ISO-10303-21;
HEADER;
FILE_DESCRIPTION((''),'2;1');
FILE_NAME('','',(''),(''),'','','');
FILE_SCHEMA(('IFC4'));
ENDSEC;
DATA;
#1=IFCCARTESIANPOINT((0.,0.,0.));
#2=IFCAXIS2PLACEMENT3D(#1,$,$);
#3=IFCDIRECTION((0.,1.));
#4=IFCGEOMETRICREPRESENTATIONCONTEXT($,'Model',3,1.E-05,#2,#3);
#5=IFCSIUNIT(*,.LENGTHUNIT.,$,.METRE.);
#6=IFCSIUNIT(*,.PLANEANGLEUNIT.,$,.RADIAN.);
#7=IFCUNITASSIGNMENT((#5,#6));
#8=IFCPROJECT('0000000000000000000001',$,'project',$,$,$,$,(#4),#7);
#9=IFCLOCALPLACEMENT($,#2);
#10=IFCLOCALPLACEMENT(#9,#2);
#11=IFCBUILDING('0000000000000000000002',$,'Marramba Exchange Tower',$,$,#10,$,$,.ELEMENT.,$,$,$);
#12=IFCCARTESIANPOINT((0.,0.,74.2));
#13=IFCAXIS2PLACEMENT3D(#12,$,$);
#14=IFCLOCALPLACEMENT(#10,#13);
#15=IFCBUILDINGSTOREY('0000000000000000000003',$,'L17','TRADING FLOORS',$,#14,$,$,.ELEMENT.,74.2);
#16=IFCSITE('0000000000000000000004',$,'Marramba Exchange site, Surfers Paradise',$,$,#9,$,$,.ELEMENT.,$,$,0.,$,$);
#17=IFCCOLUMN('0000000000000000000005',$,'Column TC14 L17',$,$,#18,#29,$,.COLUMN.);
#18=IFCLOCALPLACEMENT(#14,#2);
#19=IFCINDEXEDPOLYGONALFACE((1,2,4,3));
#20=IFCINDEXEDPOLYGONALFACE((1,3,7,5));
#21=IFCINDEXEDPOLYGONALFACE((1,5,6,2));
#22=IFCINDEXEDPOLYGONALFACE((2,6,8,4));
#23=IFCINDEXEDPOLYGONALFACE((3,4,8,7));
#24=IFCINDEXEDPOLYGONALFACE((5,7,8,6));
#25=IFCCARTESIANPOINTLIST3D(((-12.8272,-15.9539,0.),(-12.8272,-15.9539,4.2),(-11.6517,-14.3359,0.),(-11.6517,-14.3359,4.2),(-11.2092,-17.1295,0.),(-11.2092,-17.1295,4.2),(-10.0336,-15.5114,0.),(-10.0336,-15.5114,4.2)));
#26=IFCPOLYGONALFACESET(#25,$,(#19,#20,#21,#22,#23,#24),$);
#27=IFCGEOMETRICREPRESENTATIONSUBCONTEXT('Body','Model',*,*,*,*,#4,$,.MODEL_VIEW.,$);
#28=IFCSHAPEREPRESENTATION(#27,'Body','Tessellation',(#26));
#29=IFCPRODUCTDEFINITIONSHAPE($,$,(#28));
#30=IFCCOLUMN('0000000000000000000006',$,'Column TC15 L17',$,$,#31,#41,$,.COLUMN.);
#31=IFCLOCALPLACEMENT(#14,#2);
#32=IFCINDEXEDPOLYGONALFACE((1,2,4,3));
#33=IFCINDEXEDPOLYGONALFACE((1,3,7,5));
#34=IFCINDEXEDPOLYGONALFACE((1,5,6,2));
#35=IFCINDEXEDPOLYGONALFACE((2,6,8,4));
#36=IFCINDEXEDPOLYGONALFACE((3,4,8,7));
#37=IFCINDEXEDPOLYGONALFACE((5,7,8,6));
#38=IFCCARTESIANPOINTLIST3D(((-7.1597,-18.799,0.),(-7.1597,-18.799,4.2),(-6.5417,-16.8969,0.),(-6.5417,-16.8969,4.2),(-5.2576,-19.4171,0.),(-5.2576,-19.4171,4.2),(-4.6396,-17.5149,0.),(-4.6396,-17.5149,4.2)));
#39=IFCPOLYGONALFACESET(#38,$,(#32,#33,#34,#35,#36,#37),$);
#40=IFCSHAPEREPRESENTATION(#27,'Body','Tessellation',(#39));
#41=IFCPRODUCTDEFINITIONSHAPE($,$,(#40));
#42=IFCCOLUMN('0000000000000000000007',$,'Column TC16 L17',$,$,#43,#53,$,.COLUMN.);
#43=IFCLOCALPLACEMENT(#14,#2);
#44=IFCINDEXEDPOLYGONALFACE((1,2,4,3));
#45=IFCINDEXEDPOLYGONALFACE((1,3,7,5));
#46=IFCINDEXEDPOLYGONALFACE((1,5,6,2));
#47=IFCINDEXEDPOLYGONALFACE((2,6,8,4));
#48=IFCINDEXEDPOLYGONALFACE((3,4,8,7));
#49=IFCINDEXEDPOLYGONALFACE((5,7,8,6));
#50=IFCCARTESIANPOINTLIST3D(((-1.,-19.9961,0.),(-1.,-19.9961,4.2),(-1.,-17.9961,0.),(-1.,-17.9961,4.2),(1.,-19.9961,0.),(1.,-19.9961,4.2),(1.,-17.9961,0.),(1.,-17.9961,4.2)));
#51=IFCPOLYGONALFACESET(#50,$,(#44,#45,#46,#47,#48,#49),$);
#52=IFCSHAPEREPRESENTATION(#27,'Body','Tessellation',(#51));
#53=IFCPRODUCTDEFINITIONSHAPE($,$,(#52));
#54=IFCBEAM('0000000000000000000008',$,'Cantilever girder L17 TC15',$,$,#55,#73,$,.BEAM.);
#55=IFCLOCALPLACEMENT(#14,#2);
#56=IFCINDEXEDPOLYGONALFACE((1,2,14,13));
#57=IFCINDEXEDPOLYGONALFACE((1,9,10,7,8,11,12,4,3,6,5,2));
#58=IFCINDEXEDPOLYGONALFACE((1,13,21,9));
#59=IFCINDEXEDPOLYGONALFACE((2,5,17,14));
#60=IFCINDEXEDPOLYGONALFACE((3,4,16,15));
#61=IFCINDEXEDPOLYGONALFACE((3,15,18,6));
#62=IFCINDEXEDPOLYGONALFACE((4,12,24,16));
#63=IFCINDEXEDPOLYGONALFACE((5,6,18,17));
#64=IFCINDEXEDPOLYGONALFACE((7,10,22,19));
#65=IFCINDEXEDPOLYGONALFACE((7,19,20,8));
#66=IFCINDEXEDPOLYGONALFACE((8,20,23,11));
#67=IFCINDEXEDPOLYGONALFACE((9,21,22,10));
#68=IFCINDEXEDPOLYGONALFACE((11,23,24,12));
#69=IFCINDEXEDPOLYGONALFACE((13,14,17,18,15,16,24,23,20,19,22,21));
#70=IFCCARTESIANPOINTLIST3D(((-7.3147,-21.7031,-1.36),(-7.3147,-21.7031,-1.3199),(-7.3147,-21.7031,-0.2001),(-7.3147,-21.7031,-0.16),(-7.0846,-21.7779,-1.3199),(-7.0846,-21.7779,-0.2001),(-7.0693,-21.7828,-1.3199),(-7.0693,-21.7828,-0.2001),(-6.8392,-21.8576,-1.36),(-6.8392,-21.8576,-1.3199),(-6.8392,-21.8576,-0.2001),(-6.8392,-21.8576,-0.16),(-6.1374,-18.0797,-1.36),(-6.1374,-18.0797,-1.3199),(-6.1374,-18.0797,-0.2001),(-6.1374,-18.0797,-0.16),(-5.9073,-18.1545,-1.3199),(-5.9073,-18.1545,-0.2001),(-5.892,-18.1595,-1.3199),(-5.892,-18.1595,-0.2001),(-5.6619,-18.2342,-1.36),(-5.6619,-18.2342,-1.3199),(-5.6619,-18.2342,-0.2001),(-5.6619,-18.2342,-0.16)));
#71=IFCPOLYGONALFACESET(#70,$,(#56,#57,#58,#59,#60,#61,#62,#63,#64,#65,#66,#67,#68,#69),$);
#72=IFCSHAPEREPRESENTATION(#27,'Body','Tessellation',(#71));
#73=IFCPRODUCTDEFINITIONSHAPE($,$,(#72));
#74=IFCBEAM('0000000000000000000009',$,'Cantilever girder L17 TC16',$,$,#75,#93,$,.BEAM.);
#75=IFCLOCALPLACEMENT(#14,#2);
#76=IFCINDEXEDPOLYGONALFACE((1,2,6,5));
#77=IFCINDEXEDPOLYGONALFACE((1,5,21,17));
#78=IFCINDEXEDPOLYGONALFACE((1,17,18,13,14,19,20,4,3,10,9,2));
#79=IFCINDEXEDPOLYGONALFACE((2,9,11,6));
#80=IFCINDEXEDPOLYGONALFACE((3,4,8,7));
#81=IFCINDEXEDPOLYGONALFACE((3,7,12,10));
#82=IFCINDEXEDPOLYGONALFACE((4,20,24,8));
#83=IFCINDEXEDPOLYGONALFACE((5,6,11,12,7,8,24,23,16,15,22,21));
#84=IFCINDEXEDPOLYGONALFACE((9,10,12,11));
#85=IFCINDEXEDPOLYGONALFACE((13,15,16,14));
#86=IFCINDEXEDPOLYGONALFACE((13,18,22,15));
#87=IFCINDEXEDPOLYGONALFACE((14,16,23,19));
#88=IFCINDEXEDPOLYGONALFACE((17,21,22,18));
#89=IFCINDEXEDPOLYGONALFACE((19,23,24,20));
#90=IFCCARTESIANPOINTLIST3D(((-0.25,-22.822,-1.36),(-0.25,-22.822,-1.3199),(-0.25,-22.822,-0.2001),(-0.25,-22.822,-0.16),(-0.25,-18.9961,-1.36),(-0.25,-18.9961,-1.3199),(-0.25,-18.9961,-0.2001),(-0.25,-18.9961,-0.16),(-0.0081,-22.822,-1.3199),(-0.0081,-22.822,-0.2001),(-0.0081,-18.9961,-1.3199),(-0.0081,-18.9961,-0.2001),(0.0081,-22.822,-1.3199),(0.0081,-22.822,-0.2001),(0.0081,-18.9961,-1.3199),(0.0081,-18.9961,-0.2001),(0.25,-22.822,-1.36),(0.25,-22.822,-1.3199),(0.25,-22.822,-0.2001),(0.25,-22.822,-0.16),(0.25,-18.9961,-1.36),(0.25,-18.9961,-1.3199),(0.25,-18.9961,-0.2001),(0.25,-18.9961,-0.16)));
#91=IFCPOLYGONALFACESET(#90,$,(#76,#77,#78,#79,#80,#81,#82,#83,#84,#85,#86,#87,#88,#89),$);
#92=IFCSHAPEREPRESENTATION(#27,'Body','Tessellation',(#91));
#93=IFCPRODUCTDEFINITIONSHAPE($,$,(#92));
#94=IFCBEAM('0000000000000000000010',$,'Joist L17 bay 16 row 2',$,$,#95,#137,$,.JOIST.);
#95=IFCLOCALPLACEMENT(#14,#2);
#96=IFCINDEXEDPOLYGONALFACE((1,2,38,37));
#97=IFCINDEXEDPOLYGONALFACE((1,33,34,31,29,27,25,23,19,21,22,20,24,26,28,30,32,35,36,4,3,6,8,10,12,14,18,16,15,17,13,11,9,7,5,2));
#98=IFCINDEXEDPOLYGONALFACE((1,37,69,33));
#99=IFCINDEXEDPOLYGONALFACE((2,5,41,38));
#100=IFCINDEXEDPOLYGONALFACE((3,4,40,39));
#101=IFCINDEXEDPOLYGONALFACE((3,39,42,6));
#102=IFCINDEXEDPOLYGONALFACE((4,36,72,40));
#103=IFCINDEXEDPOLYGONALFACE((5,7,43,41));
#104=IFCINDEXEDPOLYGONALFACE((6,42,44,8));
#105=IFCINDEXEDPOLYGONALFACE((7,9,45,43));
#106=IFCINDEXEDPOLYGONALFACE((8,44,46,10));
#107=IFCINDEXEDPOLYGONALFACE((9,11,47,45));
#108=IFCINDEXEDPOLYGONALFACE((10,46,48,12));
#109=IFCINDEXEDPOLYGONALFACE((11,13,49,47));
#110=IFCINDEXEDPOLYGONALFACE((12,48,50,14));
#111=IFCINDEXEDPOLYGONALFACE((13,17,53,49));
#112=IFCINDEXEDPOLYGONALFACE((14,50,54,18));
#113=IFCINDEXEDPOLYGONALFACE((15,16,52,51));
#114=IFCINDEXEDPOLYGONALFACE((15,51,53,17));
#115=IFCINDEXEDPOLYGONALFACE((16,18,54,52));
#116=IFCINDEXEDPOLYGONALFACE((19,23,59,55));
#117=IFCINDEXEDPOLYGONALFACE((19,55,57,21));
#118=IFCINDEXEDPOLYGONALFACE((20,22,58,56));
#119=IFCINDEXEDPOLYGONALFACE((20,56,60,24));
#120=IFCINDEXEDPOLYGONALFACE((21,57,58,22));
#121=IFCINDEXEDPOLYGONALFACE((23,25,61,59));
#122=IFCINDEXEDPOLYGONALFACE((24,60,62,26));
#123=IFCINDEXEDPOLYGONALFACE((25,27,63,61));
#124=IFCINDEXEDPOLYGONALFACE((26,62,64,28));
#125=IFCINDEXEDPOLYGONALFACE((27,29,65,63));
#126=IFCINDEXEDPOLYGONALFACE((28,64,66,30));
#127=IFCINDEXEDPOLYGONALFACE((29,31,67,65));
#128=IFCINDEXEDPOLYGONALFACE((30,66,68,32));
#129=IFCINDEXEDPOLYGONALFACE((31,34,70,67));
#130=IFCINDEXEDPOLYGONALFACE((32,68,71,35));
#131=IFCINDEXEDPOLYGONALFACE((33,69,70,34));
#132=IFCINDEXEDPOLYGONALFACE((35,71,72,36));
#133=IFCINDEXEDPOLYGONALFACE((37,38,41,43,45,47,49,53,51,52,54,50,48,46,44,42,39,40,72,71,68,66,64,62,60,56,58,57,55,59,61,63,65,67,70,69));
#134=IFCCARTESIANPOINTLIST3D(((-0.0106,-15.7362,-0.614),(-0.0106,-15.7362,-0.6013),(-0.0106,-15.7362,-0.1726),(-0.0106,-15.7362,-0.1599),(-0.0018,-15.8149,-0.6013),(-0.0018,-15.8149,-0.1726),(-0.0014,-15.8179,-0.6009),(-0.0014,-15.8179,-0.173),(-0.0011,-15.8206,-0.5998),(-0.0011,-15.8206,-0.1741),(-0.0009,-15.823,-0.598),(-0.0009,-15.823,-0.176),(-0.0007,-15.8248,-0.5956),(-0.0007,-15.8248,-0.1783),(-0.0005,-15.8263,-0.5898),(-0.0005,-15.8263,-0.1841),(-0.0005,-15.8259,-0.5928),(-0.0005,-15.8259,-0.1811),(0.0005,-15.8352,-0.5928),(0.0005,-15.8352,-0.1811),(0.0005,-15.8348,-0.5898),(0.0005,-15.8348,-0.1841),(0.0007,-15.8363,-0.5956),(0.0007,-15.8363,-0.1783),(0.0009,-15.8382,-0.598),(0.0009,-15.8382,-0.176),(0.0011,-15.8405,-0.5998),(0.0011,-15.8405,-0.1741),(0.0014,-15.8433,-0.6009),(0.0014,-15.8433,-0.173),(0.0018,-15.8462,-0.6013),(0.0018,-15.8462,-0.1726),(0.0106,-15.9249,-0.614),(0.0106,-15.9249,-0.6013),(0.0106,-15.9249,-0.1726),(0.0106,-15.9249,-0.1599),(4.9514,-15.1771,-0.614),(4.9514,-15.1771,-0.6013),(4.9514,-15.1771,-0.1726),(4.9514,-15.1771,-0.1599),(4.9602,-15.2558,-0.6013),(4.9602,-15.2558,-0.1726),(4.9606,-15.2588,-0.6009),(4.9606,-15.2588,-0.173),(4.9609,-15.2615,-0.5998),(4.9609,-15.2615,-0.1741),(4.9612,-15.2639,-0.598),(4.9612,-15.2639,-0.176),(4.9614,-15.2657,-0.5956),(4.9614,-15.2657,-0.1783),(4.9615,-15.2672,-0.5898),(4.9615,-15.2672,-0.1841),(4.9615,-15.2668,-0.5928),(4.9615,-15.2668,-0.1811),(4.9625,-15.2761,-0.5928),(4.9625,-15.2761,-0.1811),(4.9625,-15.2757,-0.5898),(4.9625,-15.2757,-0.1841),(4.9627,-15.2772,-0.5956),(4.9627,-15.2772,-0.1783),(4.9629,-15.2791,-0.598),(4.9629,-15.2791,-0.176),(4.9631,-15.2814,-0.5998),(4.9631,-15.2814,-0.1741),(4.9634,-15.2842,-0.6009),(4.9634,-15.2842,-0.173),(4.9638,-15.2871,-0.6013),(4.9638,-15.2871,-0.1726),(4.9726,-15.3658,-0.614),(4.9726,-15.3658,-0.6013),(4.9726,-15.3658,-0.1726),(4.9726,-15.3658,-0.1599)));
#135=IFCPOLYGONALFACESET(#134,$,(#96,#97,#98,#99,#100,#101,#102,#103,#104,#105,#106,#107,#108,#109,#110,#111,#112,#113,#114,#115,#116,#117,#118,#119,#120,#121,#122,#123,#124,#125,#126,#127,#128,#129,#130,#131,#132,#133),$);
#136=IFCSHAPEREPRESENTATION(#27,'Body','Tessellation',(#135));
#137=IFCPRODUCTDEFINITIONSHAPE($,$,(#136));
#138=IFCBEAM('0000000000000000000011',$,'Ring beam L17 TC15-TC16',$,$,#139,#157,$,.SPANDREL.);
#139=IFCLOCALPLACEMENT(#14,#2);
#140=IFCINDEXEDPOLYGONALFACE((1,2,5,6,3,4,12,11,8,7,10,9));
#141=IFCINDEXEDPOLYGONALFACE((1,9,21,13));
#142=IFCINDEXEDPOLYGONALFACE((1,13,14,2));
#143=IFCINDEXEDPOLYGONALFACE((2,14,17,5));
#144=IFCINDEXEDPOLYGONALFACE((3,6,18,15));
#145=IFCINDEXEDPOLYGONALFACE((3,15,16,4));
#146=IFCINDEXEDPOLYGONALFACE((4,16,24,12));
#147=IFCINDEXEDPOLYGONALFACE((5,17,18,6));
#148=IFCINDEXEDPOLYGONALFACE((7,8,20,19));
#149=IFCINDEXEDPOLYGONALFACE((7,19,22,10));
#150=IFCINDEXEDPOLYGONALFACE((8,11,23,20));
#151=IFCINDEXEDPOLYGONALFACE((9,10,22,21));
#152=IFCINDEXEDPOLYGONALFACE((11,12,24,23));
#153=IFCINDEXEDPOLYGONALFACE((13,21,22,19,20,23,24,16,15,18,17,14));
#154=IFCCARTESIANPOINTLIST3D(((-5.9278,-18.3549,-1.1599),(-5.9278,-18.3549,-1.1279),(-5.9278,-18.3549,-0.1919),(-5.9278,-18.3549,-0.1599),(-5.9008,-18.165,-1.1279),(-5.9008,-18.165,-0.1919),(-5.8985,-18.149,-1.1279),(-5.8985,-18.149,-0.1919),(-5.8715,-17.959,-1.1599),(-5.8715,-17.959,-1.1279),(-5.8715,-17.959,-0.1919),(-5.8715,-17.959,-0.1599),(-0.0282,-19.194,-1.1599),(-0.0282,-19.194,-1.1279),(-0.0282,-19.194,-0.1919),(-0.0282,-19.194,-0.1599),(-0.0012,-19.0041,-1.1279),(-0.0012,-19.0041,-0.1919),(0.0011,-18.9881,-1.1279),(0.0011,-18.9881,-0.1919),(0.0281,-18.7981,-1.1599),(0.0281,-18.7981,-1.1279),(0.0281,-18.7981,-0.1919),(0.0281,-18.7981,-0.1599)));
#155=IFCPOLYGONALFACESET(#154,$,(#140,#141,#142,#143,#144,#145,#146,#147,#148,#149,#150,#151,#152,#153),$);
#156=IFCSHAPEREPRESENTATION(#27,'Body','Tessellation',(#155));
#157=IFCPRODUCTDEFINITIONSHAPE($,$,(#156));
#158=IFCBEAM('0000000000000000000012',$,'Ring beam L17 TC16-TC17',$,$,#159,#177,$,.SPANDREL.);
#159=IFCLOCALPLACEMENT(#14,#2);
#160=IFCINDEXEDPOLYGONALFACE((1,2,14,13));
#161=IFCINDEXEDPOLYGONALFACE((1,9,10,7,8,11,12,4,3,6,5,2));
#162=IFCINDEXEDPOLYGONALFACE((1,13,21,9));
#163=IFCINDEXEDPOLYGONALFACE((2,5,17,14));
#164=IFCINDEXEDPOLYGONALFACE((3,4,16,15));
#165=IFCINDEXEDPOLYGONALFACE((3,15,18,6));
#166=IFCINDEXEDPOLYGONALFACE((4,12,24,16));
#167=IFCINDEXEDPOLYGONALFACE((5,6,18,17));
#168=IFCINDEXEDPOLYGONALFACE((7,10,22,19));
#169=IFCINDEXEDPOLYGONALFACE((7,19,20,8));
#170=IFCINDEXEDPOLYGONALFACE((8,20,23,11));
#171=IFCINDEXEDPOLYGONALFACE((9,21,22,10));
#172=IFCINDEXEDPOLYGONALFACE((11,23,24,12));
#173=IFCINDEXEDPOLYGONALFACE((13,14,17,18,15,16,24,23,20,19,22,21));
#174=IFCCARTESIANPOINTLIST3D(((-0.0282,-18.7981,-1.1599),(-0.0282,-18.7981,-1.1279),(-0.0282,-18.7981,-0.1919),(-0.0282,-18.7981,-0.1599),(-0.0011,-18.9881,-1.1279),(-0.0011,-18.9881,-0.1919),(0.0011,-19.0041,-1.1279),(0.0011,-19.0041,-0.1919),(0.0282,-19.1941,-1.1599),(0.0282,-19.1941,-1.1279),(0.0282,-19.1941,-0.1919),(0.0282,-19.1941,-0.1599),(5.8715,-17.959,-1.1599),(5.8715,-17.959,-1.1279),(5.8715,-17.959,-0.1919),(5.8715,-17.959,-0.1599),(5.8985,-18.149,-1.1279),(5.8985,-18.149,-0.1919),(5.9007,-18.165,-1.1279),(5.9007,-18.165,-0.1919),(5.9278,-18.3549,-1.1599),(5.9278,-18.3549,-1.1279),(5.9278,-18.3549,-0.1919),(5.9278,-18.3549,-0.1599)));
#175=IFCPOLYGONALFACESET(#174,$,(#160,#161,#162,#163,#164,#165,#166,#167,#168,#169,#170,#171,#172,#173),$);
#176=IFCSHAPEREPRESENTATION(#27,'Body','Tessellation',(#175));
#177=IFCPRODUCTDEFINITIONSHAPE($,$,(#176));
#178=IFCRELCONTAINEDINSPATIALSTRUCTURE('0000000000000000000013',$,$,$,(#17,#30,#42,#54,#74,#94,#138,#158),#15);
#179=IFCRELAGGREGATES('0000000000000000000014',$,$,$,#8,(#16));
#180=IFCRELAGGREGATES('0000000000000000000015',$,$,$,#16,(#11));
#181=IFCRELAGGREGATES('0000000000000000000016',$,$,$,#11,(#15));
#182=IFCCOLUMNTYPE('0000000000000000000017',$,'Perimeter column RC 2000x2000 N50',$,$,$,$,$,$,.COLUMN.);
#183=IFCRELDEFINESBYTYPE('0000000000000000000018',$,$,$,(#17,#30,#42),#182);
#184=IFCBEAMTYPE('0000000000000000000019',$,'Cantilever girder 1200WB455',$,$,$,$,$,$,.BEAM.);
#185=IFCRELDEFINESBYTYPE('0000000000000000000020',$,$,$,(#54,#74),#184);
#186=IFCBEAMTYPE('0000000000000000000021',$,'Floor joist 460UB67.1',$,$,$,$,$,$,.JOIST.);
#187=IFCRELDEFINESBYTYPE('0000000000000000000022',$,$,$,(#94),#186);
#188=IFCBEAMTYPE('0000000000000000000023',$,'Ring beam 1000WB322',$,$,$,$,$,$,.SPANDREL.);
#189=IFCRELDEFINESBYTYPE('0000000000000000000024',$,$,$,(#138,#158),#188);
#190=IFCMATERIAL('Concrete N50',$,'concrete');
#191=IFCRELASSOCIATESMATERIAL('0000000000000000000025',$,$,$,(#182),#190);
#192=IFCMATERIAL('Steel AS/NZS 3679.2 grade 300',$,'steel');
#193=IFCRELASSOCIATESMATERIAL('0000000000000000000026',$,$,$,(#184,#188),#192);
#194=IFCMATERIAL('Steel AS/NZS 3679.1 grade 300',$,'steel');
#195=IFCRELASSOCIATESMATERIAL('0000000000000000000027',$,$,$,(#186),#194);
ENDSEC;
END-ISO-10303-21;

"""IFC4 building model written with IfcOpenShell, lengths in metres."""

from ifc_helpers import new_model, si_unit, direction, frame, origin, origin_2d, place, context, subcontext, project, spatial, rectangle, i_section, extrude, material, material_profile, profile_set, type_object, element, save


model = new_model("IFC4")

# Units and contexts
model_context = context("Model", 3, precision=1e-05, world=origin(), true_north=direction((0.0, 1.0)))
body_context = subcontext(model_context, "Body", "Model", "MODEL_VIEW")
ifc_project = project(units=[si_unit("LENGTHUNIT", "METRE"), si_unit("PLANEANGLEUNIT", "RADIAN")], contexts=[model_context])

# Site, building, storey
site_placement = place(None, origin())
site = spatial("IfcSite", under=ifc_project, at=site_placement, Name="Marramba Exchange site, Surfers Paradise", CompositionType="ELEMENT", RefElevation=0.0)
building_placement = place(site_placement, origin())
building = spatial("IfcBuilding", under=site, at=building_placement, Name="Marramba Exchange Tower", CompositionType="ELEMENT")
storey_placement = place(building_placement, frame((0.0, 0.0, 74.2)))
storey = spatial("IfcBuildingStorey", under=building, at=storey_placement, Name="L17", Description="TRADING FLOORS", CompositionType="ELEMENT", Elevation=74.2)

# Columns
ifc_material_1 = material(Name="Concrete N50", Category="concrete")
ifc_material_profile_1 = material_profile(ifc_material_1, rectangle(XDim=2.0, YDim=2.0, at=origin_2d()), Name="RC 2000x2000")
ifc_profile_set_1 = profile_set([ifc_material_profile_1], Name="Concrete N50")
column_type = type_object("IfcColumnType", Name="Perimeter column RC 2000x2000 N50", PredefinedType="COLUMN", material=ifc_profile_set_1)
for number, where, z_axis, x_axis, name in (
    (1, (-11.4304, -15.7327, 0.0), (0.0, 0.0, 1.0), (-0.587785, -0.809017, 0.0), "Column TC14 L17"),
    (2, (-5.8997, -18.157, 0.0), (0.0, 0.0, 1.0), (-0.309017, -0.951057, 0.0), "Column TC15 L17"),
    (3, (0.0, -18.9961, 0.0), (0.0, 0.0, 1.0), (0.0, -1.0, 0.0), "Column TC16 L17"),
):
    element("IfcColumn", number, at=place(storey_placement, frame(where, z_axis=z_axis, x_axis=x_axis)), inside=storey, type_object=column_type, Name=name, PredefinedType="COLUMN", context=body_context, shape_type="SweptSolid", body=[
        extrude(rectangle(XDim=2.0, YDim=2.0, at=origin_2d()), origin(), (0.0, 0.0, 1.0), 4.2),
    ])

# Beams
ifc_material_2 = material(Name="Steel AS/NZS 3679.2 grade 300", Category="steel")
ifc_material_profile_2 = material_profile(ifc_material_2, i_section(OverallWidth=0.5, OverallDepth=1.2, WebThickness=0.0161, FlangeThickness=0.04, at=origin_2d()), Name="1200WB455")
ifc_profile_set_2 = profile_set([ifc_material_profile_2], Name="Steel AS/NZS 3679.2 grade 300")
beam_type_1 = type_object("IfcBeamType", Name="Cantilever girder 1200WB455", PredefinedType="BEAM", material=ifc_profile_set_2)
beam_1_placement = place(storey_placement, frame((-5.8997, -18.157, -0.76), z_axis=(-0.309009, -0.951059, 0.0), x_axis=(0.951059, -0.309009, 0.0)))
element("IfcBeam", 4, at=beam_1_placement, inside=storey, type_object=beam_type_1, Name="Cantilever girder L17 TC15", PredefinedType="BEAM", context=body_context, shape_type="SweptSolid", body=[
    extrude(i_section(OverallWidth=0.5, OverallDepth=1.2, WebThickness=0.0161, FlangeThickness=0.04, at=origin_2d()), origin(), (0.0, 0.0, 1.0), 3.8098),
])
beam_2_placement = place(storey_placement, frame((0.0, -18.9961, -0.76), z_axis=(0.0, -1.0, 0.0), x_axis=(1.0, 0.0, 0.0)))
element("IfcBeam", 5, at=beam_2_placement, inside=storey, type_object=beam_type_1, Name="Cantilever girder L17 TC16", PredefinedType="BEAM", context=body_context, shape_type="SweptSolid", body=[
    extrude(i_section(OverallWidth=0.5, OverallDepth=1.2, WebThickness=0.0161, FlangeThickness=0.04, at=origin_2d()), origin(), (0.0, 0.0, 1.0), 3.8259),
])
ifc_material_3 = material(Name="Steel AS/NZS 3679.1 grade 300", Category="steel")
ifc_material_profile_3 = material_profile(ifc_material_3, i_section(OverallWidth=0.1899, OverallDepth=0.4541, WebThickness=0.0085, FlangeThickness=0.0127, FilletRadius=0.0115, at=origin_2d()), Name="460UB67.1")
ifc_profile_set_3 = profile_set([ifc_material_profile_3], Name="Steel AS/NZS 3679.1 grade 300")
beam_type_2 = type_object("IfcBeamType", Name="Floor joist 460UB67.1", PredefinedType="JOIST", material=ifc_profile_set_3)
beam_3_placement = place(storey_placement, frame((0.0, -15.8306, -0.387), z_axis=(0.993712, 0.111966, 0.0), x_axis=(-0.111966, 0.993712, 0.0)))
element("IfcBeam", 6, at=beam_3_placement, inside=storey, type_object=beam_type_2, Name="Joist L17 bay 16 row 2", PredefinedType="JOIST", context=body_context, shape_type="SweptSolid", body=[
    extrude(i_section(OverallWidth=0.1899, OverallDepth=0.4541, WebThickness=0.0085, FlangeThickness=0.0127, FilletRadius=0.0115, at=origin_2d()), origin(), (0.0, 0.0, 1.0), 4.9934),
])
ifc_material_profile_4 = material_profile(ifc_material_2, i_section(OverallWidth=0.3999, OverallDepth=1.0, WebThickness=0.0161, FlangeThickness=0.032, at=origin_2d()), Name="1000WB322")
ifc_profile_set_4 = profile_set([ifc_material_profile_4], Name="Steel AS/NZS 3679.2 grade 300")
beam_type_3 = type_object("IfcBeamType", Name="Ring beam 1000WB322", PredefinedType="SPANDREL", material=ifc_profile_set_4)
for number, where, z_axis, x_axis, name in (
    (7, (-5.8997, -18.157, -0.6599), (0.990036, -0.140813, 0.0), (0.140813, 0.990036, 0.0), "Ring beam L17 TC15-TC16"),
    (8, (0.0, -18.9961, -0.6599), (0.990036, 0.140813, 0.0), (-0.140813, 0.990036, 0.0), "Ring beam L17 TC16-TC17"),
):
    element("IfcBeam", number, at=place(storey_placement, frame(where, z_axis=z_axis, x_axis=x_axis)), inside=storey, type_object=beam_type_3, Name=name, PredefinedType="SPANDREL", context=body_context, shape_type="SweptSolid", body=[
        extrude(i_section(OverallWidth=0.3999, OverallDepth=1.0, WebThickness=0.0161, FlangeThickness=0.032, at=origin_2d()), origin(), (0.0, 0.0, 1.0), 5.959),
    ])

save(model, "model.ifc")
